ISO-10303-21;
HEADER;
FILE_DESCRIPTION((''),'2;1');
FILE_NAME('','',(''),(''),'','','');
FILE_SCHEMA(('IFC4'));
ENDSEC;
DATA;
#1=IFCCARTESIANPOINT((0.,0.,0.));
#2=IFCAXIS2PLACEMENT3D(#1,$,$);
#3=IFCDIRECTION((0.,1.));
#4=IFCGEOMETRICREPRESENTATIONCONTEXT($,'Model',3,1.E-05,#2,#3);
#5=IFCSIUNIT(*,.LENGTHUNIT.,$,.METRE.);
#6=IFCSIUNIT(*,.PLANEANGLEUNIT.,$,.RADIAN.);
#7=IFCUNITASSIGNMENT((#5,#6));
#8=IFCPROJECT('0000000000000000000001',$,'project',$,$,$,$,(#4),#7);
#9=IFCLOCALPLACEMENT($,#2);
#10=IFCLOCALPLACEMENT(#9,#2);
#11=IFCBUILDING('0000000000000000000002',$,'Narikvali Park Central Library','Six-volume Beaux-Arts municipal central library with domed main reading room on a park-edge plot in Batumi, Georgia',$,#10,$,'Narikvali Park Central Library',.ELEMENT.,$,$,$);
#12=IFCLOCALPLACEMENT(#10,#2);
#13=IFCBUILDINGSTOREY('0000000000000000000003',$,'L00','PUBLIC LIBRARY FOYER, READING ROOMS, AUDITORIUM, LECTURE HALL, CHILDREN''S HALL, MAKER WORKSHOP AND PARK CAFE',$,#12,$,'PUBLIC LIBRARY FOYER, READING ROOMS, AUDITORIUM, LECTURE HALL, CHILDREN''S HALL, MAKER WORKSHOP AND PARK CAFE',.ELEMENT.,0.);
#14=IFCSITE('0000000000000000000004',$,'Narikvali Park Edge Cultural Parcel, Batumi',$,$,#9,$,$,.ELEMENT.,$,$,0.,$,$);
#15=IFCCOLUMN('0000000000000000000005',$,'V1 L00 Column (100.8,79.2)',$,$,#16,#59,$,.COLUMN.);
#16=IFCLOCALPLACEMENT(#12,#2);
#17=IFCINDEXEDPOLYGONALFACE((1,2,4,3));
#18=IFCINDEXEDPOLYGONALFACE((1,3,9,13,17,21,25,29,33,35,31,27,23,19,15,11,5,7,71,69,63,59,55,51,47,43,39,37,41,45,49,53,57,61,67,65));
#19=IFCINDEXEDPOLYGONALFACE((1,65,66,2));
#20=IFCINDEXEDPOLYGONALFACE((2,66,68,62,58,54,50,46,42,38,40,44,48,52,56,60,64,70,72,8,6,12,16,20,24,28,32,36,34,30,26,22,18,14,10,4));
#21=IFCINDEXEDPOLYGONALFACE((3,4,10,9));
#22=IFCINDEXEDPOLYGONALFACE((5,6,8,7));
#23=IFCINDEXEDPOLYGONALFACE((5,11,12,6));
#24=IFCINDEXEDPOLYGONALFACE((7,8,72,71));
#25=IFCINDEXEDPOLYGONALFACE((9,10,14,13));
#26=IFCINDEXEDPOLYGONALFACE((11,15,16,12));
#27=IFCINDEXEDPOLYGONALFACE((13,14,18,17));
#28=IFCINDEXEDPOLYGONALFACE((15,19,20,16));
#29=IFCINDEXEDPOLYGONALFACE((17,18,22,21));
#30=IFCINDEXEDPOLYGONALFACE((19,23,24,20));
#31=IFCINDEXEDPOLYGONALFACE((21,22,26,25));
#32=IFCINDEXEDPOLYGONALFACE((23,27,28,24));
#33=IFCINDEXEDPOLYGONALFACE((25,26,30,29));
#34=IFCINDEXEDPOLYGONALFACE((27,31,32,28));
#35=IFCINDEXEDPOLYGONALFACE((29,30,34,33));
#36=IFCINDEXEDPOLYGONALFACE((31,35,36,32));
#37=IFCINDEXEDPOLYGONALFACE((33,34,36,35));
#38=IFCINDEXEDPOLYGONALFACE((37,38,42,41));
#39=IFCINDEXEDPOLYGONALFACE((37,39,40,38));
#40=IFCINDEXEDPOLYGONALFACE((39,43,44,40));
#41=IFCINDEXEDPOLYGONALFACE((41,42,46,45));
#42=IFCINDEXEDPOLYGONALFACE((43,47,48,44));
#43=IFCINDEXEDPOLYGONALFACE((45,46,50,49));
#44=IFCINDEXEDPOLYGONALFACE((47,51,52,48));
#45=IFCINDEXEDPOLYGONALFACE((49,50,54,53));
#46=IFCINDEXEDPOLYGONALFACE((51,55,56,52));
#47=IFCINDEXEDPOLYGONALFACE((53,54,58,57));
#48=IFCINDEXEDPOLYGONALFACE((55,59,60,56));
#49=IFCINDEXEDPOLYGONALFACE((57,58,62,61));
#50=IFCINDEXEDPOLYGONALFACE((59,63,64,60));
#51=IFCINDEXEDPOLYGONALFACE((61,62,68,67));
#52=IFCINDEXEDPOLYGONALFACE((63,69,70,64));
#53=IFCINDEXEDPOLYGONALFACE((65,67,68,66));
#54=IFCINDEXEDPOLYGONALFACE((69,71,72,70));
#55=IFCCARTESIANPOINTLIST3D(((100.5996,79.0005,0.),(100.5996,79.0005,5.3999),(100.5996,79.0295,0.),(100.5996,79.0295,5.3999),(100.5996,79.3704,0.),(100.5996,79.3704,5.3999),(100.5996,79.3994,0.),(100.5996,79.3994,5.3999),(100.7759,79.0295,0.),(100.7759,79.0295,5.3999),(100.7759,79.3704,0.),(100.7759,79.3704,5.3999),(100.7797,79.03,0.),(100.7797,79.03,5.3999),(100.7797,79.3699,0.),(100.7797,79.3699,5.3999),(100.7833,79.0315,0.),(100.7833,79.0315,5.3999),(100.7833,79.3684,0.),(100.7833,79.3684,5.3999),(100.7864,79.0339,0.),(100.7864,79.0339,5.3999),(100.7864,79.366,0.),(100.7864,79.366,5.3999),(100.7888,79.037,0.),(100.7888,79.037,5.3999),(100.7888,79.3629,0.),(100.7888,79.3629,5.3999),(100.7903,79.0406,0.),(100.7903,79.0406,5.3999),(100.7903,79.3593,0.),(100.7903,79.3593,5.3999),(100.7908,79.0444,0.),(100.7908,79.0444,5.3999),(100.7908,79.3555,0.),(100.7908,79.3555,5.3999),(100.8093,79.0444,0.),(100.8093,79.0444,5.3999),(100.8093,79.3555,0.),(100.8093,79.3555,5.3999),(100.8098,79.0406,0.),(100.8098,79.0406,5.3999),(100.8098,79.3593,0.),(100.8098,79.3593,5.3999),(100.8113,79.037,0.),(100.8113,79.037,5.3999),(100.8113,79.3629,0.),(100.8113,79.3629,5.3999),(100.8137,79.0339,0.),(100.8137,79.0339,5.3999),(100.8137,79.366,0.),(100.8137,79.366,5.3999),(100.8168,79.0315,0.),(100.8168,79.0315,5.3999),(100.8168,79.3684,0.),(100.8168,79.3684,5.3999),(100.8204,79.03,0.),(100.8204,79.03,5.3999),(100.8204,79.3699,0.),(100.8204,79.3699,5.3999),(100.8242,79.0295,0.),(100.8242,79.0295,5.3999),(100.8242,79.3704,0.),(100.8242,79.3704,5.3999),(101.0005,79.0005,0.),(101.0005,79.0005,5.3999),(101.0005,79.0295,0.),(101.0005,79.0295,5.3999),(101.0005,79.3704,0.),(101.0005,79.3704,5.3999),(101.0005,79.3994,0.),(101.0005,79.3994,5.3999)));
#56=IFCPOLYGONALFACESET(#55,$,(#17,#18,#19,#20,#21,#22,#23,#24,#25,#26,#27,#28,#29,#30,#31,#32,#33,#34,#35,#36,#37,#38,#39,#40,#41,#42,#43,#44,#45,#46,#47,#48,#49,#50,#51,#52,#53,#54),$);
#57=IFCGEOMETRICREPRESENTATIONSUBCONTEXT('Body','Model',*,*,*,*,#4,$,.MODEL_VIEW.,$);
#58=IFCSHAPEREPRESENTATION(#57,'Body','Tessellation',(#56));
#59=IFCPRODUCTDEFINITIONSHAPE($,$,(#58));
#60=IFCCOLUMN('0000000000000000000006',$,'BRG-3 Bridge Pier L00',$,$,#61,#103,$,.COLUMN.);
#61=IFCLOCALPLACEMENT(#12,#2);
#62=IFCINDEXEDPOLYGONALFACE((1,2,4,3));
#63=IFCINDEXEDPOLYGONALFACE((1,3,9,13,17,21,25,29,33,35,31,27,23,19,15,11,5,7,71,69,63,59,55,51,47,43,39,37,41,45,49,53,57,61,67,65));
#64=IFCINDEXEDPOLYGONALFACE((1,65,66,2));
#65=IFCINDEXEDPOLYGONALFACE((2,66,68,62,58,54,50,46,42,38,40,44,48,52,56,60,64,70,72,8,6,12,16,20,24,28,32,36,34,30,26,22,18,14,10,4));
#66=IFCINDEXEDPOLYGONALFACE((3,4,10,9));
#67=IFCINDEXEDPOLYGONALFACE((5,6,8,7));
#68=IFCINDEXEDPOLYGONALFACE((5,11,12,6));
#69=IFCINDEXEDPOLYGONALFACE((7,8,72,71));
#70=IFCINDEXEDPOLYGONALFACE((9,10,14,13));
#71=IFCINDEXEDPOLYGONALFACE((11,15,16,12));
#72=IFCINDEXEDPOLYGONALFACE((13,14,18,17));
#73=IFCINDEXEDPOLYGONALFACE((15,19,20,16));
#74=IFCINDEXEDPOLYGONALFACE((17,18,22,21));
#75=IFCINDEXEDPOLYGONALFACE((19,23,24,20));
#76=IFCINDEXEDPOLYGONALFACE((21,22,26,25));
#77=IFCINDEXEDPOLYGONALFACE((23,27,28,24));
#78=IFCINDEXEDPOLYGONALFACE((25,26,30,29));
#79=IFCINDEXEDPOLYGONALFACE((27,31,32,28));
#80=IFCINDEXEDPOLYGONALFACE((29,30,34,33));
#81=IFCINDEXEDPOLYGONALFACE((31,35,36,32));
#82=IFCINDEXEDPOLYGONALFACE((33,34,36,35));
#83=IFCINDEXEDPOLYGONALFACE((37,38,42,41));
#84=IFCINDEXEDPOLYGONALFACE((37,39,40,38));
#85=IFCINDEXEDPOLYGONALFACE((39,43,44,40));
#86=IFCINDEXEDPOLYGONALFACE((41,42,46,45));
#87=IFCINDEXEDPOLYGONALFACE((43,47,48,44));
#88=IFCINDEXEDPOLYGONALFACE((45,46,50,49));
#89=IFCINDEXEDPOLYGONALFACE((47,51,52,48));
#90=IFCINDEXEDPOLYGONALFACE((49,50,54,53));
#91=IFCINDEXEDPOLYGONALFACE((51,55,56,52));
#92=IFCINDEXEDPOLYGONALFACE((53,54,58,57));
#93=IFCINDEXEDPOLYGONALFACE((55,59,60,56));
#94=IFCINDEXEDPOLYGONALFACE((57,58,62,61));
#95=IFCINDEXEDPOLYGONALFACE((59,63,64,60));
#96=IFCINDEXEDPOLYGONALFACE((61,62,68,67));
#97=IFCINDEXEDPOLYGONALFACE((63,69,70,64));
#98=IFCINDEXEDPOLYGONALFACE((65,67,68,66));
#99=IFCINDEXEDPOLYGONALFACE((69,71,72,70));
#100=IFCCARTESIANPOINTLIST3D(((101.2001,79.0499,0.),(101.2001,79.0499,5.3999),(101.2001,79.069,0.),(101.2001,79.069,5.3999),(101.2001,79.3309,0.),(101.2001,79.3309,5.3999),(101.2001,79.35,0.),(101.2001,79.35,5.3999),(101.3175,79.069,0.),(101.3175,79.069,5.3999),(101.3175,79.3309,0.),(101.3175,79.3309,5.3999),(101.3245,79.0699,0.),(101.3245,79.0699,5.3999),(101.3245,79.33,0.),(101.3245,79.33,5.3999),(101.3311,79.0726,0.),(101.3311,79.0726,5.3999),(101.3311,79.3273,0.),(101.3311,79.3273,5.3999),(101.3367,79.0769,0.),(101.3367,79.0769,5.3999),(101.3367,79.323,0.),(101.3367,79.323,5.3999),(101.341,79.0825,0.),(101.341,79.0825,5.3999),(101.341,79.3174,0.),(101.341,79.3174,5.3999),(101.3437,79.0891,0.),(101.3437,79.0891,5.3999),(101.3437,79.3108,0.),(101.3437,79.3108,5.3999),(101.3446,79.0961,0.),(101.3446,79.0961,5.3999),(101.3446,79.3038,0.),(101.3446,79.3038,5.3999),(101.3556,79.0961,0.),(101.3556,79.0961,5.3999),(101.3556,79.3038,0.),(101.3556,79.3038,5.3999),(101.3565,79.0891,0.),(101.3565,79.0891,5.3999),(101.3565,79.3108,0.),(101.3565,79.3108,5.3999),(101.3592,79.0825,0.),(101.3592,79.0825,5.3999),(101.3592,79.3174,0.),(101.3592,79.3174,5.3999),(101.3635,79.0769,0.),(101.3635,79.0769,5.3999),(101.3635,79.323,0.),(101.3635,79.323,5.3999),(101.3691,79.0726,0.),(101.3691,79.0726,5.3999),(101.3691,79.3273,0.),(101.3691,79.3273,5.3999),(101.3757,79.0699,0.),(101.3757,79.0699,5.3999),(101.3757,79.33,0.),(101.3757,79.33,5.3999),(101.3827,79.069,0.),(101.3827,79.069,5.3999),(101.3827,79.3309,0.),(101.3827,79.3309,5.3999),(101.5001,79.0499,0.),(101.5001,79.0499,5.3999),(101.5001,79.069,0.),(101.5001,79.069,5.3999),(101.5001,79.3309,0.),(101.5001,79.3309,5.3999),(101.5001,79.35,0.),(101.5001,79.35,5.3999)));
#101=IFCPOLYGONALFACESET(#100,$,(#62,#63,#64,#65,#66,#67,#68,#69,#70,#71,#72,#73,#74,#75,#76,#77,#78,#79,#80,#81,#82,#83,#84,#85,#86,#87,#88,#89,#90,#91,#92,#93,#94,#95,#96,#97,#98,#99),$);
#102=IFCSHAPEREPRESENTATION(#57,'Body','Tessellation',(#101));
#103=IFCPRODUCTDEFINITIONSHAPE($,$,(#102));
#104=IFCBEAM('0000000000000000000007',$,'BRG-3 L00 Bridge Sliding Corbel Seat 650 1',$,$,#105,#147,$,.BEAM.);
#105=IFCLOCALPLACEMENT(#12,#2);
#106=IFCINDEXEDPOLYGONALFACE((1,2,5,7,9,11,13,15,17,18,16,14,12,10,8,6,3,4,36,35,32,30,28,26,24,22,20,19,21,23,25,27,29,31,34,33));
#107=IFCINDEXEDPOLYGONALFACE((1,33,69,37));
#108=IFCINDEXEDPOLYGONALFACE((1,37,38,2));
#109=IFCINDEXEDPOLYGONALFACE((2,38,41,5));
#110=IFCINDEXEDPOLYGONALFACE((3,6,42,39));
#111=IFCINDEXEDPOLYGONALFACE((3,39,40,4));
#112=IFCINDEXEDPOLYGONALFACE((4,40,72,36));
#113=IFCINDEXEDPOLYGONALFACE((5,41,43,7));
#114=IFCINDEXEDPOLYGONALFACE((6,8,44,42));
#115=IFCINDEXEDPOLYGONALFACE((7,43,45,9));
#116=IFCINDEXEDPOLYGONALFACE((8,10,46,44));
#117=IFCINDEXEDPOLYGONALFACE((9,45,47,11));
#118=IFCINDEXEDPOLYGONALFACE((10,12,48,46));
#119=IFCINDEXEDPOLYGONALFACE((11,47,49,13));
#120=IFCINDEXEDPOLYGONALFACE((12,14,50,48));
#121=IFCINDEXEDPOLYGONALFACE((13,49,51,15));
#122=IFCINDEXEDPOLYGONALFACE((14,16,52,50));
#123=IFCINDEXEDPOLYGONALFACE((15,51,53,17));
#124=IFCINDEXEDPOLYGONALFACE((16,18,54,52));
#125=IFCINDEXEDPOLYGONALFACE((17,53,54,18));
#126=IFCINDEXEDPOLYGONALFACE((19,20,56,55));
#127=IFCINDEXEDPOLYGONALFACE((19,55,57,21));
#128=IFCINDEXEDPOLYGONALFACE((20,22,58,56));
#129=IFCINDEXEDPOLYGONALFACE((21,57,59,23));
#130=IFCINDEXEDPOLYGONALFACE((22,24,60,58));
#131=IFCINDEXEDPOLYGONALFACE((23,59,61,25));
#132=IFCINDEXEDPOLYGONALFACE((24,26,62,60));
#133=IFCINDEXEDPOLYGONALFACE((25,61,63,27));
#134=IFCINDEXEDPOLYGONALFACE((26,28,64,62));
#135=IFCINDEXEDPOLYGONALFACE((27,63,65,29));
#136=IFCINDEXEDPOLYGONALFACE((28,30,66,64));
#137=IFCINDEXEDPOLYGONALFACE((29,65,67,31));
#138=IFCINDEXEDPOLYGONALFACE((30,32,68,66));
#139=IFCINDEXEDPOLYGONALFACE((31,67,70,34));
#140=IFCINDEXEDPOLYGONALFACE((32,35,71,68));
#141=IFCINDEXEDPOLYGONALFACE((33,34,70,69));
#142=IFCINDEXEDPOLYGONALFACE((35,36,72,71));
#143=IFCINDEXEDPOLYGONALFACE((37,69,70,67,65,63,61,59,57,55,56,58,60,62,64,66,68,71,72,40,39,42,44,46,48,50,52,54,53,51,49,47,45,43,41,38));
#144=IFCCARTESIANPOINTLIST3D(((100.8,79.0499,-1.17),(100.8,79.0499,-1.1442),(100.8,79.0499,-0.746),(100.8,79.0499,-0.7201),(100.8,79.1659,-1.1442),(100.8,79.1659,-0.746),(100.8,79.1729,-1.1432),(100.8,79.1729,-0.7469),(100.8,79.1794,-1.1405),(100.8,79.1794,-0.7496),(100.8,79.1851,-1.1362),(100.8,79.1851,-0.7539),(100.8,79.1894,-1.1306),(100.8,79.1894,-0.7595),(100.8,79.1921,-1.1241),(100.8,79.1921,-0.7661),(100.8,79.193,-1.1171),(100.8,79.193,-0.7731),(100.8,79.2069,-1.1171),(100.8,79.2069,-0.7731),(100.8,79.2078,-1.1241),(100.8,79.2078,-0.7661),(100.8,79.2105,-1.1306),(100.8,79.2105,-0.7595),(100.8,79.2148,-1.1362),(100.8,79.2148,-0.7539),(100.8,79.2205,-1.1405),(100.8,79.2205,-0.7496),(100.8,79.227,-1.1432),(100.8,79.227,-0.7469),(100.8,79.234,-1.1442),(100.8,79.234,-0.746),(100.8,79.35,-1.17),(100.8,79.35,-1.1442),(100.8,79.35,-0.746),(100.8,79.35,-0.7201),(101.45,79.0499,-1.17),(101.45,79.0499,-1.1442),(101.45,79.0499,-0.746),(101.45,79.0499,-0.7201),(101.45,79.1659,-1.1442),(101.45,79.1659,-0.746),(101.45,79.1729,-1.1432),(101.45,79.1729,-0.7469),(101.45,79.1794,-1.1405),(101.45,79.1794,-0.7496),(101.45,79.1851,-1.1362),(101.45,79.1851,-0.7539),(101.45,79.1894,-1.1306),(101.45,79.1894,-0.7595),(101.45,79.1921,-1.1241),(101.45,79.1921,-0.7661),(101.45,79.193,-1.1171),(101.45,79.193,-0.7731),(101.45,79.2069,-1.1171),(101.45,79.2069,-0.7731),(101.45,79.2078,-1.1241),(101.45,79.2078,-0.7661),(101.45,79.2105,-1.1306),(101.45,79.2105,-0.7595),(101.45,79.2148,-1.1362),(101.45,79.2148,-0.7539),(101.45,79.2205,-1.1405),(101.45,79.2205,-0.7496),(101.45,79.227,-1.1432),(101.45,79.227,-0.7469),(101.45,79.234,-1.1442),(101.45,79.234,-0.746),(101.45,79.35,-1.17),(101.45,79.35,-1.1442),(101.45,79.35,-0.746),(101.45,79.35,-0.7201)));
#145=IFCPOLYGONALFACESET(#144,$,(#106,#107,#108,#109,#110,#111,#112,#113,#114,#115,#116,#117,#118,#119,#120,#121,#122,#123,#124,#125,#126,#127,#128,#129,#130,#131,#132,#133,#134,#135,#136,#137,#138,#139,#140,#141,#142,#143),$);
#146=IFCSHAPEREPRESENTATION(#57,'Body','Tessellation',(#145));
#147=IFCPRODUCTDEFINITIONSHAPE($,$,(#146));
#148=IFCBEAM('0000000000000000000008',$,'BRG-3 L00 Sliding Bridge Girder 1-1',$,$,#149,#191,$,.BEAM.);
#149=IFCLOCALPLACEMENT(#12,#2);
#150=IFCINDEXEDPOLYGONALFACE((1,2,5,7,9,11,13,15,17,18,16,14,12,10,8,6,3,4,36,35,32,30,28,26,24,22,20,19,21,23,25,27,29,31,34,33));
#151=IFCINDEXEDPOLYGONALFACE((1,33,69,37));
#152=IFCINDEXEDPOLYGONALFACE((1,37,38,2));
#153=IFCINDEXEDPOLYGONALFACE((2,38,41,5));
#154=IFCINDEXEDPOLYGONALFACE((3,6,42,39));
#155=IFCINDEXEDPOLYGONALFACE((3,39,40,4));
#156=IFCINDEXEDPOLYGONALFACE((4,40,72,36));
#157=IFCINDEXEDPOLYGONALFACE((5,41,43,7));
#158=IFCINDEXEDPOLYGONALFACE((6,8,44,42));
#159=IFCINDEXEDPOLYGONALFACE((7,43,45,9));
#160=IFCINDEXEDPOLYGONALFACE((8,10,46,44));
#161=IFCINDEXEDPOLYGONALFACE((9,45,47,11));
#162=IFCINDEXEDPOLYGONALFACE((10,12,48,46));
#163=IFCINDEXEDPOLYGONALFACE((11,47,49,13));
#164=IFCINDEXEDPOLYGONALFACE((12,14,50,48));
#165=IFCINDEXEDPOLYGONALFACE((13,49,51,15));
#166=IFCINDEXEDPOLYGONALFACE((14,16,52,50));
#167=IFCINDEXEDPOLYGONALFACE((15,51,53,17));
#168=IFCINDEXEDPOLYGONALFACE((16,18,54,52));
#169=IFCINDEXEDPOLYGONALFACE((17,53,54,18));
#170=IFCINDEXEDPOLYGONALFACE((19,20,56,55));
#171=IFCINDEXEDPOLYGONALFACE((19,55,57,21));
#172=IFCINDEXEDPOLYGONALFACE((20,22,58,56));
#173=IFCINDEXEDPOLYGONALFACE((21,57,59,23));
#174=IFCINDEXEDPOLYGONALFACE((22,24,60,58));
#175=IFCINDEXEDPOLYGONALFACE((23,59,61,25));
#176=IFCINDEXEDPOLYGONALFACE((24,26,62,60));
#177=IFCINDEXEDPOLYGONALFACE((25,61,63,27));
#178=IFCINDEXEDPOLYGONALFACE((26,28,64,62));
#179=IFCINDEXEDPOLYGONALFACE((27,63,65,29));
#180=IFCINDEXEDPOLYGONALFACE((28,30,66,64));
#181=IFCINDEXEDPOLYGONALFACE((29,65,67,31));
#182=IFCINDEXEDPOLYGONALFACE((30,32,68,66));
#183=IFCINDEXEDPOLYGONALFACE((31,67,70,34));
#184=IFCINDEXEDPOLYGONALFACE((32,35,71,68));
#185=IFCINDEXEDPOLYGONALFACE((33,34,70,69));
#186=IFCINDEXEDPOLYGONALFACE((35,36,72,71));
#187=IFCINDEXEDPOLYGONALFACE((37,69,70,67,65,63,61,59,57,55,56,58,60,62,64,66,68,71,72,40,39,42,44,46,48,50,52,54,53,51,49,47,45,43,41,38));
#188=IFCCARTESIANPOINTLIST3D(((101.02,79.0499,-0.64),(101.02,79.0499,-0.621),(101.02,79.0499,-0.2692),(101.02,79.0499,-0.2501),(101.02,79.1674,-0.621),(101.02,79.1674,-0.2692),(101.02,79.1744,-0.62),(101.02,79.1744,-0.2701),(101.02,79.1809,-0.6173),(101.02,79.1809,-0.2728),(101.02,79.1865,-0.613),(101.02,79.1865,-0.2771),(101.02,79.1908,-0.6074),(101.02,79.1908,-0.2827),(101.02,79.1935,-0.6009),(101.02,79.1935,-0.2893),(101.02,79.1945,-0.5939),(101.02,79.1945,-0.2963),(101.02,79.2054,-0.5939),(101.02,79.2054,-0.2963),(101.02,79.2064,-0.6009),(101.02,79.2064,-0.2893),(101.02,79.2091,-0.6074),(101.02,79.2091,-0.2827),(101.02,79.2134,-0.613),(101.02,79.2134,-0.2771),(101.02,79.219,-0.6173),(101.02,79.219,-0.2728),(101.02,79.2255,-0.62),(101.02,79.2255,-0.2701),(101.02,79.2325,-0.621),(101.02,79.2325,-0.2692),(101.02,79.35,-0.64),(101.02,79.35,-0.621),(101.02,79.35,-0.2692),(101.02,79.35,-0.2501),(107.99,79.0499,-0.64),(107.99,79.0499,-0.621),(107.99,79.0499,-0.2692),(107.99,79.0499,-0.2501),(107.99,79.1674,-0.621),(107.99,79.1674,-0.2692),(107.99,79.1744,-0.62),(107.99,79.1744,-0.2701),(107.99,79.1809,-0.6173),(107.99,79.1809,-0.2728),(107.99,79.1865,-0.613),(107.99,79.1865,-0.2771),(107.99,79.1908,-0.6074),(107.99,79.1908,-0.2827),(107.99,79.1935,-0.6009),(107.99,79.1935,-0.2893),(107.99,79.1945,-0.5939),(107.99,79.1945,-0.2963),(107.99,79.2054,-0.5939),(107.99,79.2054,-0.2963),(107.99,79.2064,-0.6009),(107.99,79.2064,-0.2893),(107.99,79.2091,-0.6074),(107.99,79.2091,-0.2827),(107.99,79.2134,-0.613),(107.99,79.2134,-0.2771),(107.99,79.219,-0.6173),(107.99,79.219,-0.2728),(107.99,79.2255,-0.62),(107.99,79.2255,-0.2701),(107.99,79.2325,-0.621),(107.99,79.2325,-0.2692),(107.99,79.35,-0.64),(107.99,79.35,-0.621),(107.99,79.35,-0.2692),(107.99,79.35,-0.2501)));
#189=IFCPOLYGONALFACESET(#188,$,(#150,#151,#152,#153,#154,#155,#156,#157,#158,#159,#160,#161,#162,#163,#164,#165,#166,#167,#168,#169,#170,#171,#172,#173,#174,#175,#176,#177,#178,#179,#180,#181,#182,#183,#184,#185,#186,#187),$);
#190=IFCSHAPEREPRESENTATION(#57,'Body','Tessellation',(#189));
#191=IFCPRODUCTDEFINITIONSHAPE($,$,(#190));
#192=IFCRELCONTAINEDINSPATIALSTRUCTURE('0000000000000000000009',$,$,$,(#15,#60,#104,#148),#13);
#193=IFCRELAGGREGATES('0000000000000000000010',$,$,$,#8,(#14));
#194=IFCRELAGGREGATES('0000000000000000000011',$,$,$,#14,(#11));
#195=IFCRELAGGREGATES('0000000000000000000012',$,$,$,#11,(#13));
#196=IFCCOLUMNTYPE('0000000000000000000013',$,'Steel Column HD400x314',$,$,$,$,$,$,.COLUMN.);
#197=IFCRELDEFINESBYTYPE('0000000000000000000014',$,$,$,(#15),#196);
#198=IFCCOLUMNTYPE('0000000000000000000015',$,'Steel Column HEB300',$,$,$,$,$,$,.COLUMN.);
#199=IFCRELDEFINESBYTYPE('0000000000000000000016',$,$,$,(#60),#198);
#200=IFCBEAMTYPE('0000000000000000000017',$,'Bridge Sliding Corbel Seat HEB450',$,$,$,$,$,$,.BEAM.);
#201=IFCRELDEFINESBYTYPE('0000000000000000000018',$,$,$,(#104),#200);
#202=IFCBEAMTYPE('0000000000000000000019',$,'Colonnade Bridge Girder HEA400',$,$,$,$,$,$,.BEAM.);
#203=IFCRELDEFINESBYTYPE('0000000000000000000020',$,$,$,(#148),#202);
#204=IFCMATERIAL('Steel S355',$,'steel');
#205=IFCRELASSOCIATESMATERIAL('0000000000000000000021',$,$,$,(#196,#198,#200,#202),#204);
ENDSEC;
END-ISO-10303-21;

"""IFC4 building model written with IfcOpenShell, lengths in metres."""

from ifc_helpers import new_model, si_unit, direction, frame, origin, origin_2d, place, context, subcontext, project, spatial, i_section, extrude, material, material_profile, profile_set, type_object, element, save


model = new_model("IFC4")

# Units and contexts
model_context = context("Model", 3, precision=1e-05, world=origin(), true_north=direction((0.0, 1.0)))
body_context = subcontext(model_context, "Body", "Model", "MODEL_VIEW")
ifc_project = project(units=[si_unit("LENGTHUNIT", "METRE"), si_unit("PLANEANGLEUNIT", "RADIAN")], contexts=[model_context])

# Site, building, storey
site_placement = place(None, origin())
site = spatial("IfcSite", under=ifc_project, at=site_placement, Name="Narikvali Park Edge Cultural Parcel, Batumi", CompositionType="ELEMENT", RefElevation=0.0)
building_placement = place(site_placement, origin())
building = spatial("IfcBuilding", under=site, at=building_placement, Name="Narikvali Park Central Library", Description="Six-volume Beaux-Arts municipal central library with domed main reading room on a park-edge plot in Batumi, Georgia", LongName="Narikvali Park Central Library", CompositionType="ELEMENT")
storey_placement = place(building_placement, origin())
storey = spatial("IfcBuildingStorey", under=building, at=storey_placement, Name="L00", Description="PUBLIC LIBRARY FOYER, READING ROOMS, AUDITORIUM, LECTURE HALL, CHILDREN'S HALL, MAKER WORKSHOP AND PARK CAFE", LongName="PUBLIC LIBRARY FOYER, READING ROOMS, AUDITORIUM, LECTURE HALL, CHILDREN'S HALL, MAKER WORKSHOP AND PARK CAFE", CompositionType="ELEMENT", Elevation=0.0)

# Columns
ifc_material_1 = material(Name="Steel S355", Category="steel")
ifc_material_profile_1 = material_profile(ifc_material_1, i_section(OverallWidth=0.4009, OverallDepth=0.3989, WebThickness=0.0186, FlangeThickness=0.0291, FilletRadius=0.0149, at=origin_2d()), Name="HD 400x314")
ifc_profile_set_1 = profile_set([ifc_material_profile_1], Name="Steel S355")
column_type_1 = type_object("IfcColumnType", Name="Steel Column HD400x314", PredefinedType="COLUMN", material=ifc_profile_set_1)
column_1_placement = place(storey_placement, frame((100.8, 79.2, 0.0), z_axis=(0.0, 0.0, 1.0), x_axis=(1.0, 0.0, 0.0)))
element("IfcColumn", 1, at=column_1_placement, inside=storey, type_object=column_type_1, Name="V1 L00 Column (100.8,79.2)", PredefinedType="COLUMN", context=body_context, shape_type="SweptSolid", body=[
    extrude(i_section(OverallWidth=0.4009, OverallDepth=0.3989, WebThickness=0.0186, FlangeThickness=0.0291, FilletRadius=0.0149, at=origin_2d()), origin(), (0.0, 0.0, 1.0), 5.3999),
])
ifc_material_profile_2 = material_profile(ifc_material_1, i_section(OverallWidth=0.3, OverallDepth=0.3, WebThickness=0.011, FlangeThickness=0.019, FilletRadius=0.0271, at=origin_2d()), Name="HEB 300")
ifc_profile_set_2 = profile_set([ifc_material_profile_2], Name="Steel S355")
column_type_2 = type_object("IfcColumnType", Name="Steel Column HEB300", PredefinedType="COLUMN", material=ifc_profile_set_2)
column_2_placement = place(storey_placement, frame((101.3501, 79.2, 0.0), z_axis=(0.0, 0.0, 1.0), x_axis=(1.0, 0.0, 0.0)))
element("IfcColumn", 2, at=column_2_placement, inside=storey, type_object=column_type_2, Name="BRG-3 Bridge Pier L00", PredefinedType="COLUMN", context=body_context, shape_type="SweptSolid", body=[
    extrude(i_section(OverallWidth=0.3, OverallDepth=0.3, WebThickness=0.011, FlangeThickness=0.019, FilletRadius=0.0271, at=origin_2d()), origin(), (0.0, 0.0, 1.0), 5.3999),
])

# Beams
ifc_material_profile_3 = material_profile(ifc_material_1, i_section(OverallWidth=0.3, OverallDepth=0.45, WebThickness=0.0139, FlangeThickness=0.0259, FilletRadius=0.0271, at=origin_2d()), Name="HEB 450")
ifc_profile_set_3 = profile_set([ifc_material_profile_3], Name="Steel S355")
beam_type_1 = type_object("IfcBeamType", Name="Bridge Sliding Corbel Seat HEB450", PredefinedType="BEAM", material=ifc_profile_set_3)
beam_1_placement = place(storey_placement, frame((100.8, 79.2, -0.9451), z_axis=(1.0, 0.0, 0.0), x_axis=(0.0, 1.0, 0.0)))
element("IfcBeam", 3, at=beam_1_placement, inside=storey, type_object=beam_type_1, Name="BRG-3 L00 Bridge Sliding Corbel Seat 650 1", PredefinedType="BEAM", context=body_context, shape_type="SweptSolid", body=[
    extrude(i_section(OverallWidth=0.3, OverallDepth=0.45, WebThickness=0.0139, FlangeThickness=0.0259, FilletRadius=0.0271, at=origin_2d()), origin(), (0.0, 0.0, 1.0), 0.6499),
])
ifc_material_profile_4 = material_profile(ifc_material_1, i_section(OverallWidth=0.3, OverallDepth=0.3899, WebThickness=0.011, FlangeThickness=0.019, FilletRadius=0.0271, at=origin_2d()), Name="HEA 400")
ifc_profile_set_4 = profile_set([ifc_material_profile_4], Name="Steel S355")
beam_type_2 = type_object("IfcBeamType", Name="Colonnade Bridge Girder HEA400", PredefinedType="BEAM", material=ifc_profile_set_4)
beam_2_placement = place(storey_placement, frame((101.02, 79.2, -0.4451), z_axis=(1.0, 0.0, 0.0), x_axis=(0.0, 1.0, 0.0)))
element("IfcBeam", 4, at=beam_2_placement, inside=storey, type_object=beam_type_2, Name="BRG-3 L00 Sliding Bridge Girder 1-1", PredefinedType="BEAM", context=body_context, shape_type="SweptSolid", body=[
    extrude(i_section(OverallWidth=0.3, OverallDepth=0.3899, WebThickness=0.011, FlangeThickness=0.019, FilletRadius=0.0271, at=origin_2d()), origin(), (0.0, 0.0, 1.0), 6.97),
])

save(model, "model.ifc")
